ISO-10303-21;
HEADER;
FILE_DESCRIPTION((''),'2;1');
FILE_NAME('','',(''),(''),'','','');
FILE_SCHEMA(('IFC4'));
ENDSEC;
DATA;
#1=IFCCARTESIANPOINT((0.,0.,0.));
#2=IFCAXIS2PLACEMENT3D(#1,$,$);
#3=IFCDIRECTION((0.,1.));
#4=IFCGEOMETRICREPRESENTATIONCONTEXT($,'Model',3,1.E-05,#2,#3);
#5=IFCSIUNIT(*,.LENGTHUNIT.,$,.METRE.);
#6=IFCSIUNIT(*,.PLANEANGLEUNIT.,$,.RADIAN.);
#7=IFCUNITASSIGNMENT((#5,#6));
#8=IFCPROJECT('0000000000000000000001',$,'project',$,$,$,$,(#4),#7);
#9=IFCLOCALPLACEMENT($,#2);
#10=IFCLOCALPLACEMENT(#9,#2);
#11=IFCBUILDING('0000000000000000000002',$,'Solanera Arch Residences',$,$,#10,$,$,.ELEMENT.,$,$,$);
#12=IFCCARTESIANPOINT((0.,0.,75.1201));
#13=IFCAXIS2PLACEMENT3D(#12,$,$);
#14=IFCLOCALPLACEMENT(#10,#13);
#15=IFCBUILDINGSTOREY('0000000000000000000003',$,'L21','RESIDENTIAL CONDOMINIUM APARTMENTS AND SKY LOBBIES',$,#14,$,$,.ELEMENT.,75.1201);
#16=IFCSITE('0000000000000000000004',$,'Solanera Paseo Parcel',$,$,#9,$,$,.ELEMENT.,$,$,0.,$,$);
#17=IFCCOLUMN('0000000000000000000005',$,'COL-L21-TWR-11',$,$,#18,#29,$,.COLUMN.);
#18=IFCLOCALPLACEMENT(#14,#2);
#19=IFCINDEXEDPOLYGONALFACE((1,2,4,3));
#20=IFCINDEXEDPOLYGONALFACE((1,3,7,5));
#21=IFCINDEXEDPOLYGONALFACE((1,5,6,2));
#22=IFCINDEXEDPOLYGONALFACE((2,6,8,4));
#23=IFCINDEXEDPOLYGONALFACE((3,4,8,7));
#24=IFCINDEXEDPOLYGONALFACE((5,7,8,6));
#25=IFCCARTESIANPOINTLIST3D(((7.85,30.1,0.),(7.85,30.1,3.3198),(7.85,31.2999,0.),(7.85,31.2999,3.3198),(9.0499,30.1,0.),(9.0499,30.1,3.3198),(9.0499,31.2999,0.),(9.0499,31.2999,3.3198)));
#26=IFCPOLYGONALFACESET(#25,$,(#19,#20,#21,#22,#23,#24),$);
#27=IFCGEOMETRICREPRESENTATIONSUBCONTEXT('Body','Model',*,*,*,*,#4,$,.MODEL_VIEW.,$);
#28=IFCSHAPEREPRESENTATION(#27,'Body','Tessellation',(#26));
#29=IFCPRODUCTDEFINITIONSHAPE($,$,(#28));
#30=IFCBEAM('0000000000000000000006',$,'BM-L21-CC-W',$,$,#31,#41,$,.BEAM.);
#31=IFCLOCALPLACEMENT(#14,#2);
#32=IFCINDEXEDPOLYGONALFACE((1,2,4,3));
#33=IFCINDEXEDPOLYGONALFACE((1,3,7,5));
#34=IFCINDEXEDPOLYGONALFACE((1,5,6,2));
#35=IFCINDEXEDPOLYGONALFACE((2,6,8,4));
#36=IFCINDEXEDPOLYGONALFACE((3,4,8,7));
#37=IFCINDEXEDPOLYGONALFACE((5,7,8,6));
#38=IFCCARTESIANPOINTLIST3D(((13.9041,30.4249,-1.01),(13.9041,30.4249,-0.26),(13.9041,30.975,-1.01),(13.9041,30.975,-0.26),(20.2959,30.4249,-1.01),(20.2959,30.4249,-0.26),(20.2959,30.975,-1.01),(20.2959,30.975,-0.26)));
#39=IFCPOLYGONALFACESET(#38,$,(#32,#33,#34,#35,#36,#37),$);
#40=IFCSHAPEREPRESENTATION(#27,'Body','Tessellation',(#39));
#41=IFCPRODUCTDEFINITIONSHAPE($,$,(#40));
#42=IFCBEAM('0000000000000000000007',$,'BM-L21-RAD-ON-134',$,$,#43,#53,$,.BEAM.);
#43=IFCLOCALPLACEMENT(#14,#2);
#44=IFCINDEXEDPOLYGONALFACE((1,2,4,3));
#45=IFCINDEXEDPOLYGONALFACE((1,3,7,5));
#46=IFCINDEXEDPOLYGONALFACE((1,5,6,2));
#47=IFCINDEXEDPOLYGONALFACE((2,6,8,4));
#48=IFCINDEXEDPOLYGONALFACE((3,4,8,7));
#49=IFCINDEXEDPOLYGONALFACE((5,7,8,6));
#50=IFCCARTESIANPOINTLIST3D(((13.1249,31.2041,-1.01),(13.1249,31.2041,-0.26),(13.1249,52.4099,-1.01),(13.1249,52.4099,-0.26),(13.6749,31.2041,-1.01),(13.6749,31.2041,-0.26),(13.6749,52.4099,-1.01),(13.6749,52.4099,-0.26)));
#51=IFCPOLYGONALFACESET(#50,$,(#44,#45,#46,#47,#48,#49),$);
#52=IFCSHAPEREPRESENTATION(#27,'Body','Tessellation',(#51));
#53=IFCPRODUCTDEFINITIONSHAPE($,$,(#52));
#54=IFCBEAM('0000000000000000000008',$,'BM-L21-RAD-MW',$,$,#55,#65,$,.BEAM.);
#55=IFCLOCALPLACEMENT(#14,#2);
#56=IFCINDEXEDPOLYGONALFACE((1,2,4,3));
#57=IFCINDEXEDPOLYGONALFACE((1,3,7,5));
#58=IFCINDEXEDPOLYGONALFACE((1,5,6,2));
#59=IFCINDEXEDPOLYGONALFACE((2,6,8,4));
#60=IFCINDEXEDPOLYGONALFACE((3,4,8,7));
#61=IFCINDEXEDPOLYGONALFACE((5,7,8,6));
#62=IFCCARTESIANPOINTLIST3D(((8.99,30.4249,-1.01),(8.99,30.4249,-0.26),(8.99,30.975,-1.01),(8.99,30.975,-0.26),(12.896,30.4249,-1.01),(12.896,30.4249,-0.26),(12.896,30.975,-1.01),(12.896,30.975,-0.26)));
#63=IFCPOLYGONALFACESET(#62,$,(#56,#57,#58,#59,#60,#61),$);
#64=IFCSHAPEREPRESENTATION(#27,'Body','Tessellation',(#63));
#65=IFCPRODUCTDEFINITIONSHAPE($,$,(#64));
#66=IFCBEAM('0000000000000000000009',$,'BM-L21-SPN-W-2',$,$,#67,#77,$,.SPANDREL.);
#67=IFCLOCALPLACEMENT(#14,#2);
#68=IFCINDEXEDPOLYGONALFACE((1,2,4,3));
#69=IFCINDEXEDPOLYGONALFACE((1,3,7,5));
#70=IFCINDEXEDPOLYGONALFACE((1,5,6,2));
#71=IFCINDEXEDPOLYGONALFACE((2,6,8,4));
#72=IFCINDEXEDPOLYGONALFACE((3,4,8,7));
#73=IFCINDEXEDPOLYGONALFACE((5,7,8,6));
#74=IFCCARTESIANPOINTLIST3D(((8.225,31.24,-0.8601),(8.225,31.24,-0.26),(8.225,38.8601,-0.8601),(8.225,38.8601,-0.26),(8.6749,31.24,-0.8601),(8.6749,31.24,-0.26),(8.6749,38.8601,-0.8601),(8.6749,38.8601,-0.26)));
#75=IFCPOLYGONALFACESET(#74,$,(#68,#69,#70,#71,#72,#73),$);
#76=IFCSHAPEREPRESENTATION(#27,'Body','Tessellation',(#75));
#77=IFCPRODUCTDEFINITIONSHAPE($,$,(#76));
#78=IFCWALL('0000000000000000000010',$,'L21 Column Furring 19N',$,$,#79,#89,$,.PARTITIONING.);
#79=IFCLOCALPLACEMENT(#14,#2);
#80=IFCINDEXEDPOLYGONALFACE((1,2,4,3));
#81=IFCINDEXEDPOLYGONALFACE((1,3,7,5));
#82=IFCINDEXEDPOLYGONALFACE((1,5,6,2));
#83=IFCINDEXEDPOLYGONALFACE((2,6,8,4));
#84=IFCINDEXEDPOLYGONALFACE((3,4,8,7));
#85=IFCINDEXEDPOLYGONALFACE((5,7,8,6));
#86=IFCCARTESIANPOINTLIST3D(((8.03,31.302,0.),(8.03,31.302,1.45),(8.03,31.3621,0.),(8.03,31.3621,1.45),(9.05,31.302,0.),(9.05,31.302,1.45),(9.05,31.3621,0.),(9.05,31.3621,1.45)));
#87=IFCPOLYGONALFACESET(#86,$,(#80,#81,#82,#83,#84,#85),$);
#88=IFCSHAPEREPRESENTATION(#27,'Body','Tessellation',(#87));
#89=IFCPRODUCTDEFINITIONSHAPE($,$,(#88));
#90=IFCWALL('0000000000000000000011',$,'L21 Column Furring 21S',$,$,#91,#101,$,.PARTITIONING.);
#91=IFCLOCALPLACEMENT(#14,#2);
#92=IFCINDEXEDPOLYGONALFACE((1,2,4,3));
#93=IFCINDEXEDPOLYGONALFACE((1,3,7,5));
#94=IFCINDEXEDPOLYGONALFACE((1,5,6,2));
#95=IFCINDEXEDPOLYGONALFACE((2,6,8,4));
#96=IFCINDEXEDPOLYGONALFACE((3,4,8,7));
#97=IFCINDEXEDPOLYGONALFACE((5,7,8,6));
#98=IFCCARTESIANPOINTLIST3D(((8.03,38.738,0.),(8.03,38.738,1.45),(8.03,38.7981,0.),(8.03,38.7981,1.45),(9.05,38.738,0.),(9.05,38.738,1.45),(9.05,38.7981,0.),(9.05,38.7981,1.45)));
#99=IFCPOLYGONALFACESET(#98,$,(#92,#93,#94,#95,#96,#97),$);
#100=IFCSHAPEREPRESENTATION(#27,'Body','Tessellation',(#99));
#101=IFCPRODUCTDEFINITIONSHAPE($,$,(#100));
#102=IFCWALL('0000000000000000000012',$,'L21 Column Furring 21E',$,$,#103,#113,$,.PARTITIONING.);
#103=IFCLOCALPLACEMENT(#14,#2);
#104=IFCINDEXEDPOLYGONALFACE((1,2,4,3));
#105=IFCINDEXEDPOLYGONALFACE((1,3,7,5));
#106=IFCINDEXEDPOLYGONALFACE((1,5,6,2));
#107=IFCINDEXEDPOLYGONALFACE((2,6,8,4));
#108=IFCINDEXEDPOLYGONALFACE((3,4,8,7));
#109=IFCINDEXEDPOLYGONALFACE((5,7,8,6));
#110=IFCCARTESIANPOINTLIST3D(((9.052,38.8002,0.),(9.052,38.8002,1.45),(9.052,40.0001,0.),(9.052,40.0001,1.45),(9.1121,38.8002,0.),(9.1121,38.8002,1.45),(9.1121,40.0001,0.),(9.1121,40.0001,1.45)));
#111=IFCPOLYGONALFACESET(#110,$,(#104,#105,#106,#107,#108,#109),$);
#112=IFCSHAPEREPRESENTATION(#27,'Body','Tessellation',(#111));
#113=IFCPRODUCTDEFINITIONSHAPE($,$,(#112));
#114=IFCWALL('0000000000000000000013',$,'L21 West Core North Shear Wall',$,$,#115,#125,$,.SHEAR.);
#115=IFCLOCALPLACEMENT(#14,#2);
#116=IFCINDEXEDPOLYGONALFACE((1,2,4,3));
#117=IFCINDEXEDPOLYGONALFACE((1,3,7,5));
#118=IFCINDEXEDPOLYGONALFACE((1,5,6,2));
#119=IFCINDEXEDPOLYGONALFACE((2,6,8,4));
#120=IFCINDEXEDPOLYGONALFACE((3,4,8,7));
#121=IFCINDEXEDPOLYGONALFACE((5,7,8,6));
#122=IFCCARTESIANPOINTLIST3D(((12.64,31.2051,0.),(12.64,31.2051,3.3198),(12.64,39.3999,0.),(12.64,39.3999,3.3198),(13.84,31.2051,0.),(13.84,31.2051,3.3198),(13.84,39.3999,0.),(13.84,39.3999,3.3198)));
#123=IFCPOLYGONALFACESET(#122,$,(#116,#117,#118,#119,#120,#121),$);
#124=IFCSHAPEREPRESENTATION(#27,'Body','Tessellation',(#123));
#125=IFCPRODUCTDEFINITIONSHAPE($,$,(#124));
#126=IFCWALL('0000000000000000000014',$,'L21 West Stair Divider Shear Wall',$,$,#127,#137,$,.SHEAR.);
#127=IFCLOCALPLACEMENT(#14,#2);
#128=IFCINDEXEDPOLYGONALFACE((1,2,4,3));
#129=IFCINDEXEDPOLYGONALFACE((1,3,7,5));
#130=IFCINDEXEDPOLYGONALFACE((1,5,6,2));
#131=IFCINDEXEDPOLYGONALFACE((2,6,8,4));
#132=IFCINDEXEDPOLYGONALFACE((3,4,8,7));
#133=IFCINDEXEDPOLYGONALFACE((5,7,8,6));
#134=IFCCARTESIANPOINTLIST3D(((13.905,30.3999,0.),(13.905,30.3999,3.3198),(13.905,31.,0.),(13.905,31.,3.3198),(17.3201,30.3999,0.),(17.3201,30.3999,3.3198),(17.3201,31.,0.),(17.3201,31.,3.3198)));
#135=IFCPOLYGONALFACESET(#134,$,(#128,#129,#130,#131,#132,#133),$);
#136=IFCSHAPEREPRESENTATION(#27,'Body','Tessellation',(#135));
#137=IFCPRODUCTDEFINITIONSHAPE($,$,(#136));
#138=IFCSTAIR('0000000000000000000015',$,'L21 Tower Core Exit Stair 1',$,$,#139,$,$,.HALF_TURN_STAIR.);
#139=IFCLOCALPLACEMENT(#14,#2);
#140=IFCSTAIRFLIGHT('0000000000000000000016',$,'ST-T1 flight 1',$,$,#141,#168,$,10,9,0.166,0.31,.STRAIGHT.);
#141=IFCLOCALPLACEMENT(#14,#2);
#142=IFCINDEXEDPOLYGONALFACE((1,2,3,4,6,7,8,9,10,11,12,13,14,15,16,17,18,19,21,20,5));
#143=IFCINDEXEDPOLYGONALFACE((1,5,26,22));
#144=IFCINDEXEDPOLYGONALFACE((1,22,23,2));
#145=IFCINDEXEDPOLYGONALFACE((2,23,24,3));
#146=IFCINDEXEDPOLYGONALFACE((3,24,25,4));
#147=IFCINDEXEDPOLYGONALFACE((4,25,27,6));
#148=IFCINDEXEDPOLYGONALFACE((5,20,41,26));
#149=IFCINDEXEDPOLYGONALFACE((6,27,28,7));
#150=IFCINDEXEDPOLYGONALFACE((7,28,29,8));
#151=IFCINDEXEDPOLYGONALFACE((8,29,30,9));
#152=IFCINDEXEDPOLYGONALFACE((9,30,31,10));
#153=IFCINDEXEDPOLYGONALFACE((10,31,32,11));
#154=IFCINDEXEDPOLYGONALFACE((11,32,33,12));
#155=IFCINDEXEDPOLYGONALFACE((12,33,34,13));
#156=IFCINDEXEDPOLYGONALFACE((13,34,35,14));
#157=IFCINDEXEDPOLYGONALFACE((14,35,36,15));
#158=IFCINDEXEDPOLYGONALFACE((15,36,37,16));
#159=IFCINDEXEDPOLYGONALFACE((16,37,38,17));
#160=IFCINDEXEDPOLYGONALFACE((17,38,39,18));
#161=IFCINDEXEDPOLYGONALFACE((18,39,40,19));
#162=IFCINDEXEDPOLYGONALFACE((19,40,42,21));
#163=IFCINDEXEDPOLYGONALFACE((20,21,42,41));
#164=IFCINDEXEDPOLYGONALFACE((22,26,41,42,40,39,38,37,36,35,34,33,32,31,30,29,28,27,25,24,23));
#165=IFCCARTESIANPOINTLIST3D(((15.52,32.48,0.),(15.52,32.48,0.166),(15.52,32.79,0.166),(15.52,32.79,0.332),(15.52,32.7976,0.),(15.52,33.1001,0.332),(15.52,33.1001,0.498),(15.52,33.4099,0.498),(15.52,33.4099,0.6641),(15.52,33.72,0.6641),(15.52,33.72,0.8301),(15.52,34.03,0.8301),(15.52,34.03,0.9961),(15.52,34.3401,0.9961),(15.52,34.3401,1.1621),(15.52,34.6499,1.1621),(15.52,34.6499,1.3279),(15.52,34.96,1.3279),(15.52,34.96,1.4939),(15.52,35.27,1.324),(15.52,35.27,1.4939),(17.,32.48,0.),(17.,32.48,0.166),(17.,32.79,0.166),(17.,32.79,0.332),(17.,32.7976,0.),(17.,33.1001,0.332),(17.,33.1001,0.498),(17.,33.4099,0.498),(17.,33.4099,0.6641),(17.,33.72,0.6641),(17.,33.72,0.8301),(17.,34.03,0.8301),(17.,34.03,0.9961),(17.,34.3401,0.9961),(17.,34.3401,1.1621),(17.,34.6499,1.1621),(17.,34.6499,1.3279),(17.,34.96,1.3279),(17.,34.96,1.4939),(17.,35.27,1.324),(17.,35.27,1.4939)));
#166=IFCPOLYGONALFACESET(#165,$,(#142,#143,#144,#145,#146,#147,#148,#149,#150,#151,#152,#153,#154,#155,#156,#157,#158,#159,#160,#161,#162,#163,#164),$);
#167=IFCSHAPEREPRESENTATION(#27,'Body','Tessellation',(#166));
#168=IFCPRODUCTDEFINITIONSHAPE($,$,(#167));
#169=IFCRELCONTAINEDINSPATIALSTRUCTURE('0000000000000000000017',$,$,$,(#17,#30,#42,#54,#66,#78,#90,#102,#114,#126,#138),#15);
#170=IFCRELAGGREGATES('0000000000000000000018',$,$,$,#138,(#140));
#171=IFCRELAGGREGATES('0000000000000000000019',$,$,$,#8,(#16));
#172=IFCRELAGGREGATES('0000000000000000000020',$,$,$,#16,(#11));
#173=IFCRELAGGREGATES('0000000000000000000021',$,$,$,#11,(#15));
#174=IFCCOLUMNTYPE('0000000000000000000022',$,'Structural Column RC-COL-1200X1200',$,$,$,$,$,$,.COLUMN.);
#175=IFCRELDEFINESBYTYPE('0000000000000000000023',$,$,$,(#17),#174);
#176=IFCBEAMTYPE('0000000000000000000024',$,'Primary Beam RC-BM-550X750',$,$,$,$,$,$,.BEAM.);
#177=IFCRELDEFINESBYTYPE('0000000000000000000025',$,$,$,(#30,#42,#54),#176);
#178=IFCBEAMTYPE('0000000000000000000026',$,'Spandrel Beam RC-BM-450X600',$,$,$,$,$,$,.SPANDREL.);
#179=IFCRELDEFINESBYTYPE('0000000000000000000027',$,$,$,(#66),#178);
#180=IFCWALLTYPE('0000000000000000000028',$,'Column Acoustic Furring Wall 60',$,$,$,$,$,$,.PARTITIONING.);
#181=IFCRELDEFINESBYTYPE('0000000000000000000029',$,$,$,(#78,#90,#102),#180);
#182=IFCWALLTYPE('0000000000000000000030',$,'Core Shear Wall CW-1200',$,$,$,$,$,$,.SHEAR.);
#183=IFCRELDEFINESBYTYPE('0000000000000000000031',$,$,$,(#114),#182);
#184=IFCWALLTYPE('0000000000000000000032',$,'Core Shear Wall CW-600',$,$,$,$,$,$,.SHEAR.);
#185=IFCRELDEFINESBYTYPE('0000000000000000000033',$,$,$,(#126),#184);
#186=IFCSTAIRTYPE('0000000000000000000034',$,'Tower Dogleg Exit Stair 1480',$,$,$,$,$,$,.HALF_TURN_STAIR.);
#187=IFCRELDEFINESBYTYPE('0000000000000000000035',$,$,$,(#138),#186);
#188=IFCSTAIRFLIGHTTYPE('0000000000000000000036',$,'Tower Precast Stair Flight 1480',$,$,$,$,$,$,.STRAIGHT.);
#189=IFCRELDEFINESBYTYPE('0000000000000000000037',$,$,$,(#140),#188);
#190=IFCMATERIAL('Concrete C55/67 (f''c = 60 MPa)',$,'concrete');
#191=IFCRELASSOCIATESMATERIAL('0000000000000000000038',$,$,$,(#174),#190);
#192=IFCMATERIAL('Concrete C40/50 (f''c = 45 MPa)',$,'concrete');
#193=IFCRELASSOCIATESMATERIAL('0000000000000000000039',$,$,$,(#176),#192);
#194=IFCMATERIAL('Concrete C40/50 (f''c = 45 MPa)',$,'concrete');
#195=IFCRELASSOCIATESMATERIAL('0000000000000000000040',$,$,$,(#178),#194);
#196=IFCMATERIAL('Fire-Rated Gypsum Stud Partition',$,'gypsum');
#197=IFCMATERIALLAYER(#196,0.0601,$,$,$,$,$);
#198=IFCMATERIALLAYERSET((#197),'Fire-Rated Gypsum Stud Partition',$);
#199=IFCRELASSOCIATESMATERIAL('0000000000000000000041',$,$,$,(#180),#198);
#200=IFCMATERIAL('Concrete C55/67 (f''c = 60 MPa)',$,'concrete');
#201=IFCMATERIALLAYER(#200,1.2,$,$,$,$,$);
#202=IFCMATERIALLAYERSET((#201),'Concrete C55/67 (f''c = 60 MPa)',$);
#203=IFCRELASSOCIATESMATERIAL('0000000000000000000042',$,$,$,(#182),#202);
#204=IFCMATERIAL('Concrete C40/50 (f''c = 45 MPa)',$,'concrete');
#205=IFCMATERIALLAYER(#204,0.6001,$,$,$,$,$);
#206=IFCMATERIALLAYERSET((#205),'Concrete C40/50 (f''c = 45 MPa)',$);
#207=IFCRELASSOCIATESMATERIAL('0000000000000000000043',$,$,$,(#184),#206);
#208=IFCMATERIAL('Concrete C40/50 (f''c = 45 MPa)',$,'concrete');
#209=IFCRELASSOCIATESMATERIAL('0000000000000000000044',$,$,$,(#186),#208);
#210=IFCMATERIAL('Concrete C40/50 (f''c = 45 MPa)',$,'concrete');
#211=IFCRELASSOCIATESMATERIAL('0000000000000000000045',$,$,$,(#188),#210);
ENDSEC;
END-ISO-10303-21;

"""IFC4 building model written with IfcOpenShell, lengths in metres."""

from ifc_helpers import new_model, si_unit, direction, frame, frame_2d, origin, origin_2d, place, context, subcontext, project, spatial, polyline, rectangle, outline, extrude, material, layer, layer_set, material_profile, profile_set, type_object, element, aggregate, save


model = new_model("IFC4")

# Units and contexts
model_context = context("Model", 3, precision=1e-05, world=origin(), true_north=direction((0.0, 1.0)))
body_context = subcontext(model_context, "Body", "Model", "MODEL_VIEW")
ifc_project = project(units=[si_unit("LENGTHUNIT", "METRE"), si_unit("PLANEANGLEUNIT", "RADIAN")], contexts=[model_context])

# Site, building, storey
site_placement = place(None, origin())
site = spatial("IfcSite", under=ifc_project, at=site_placement, Name="Solanera Paseo Parcel", CompositionType="ELEMENT", RefElevation=0.0)
building_placement = place(site_placement, origin())
building = spatial("IfcBuilding", under=site, at=building_placement, Name="Solanera Arch Residences", CompositionType="ELEMENT")
storey_placement = place(building_placement, frame((0.0, 0.0, 75.1201)))
storey = spatial("IfcBuildingStorey", under=building, at=storey_placement, Name="L21", Description="RESIDENTIAL CONDOMINIUM APARTMENTS AND SKY LOBBIES", CompositionType="ELEMENT", Elevation=75.1201)

# Column
ifc_material_1 = material(Name="Concrete C55/67 (f'c = 60 MPa)", Category="concrete")
ifc_material_profile_1 = material_profile(ifc_material_1, rectangle(XDim=1.2, YDim=1.2, at=origin_2d()))
ifc_profile_set_1 = profile_set([ifc_material_profile_1], Name="Concrete C55/67 (f'c = 60 MPa)")
column_type = type_object("IfcColumnType", Name="Structural Column RC-COL-1200X1200", PredefinedType="COLUMN", material=ifc_profile_set_1)
column_placement = place(storey_placement, frame((8.45, 30.7, 0.0), z_axis=(0.0, 0.0, 1.0), x_axis=(1.0, 0.0, 0.0)))
element("IfcColumn", 1, at=column_placement, inside=storey, type_object=column_type, Name="COL-L21-TWR-11", PredefinedType="COLUMN", context=body_context, shape_type="SweptSolid", body=[
    extrude(rectangle(XDim=1.2, YDim=1.2, at=origin_2d()), origin(), (0.0, 0.0, 1.0), 3.3198),
])

# Beams
ifc_material_2 = material(Name="Concrete C40/50 (f'c = 45 MPa)", Category="concrete")
ifc_material_profile_2 = material_profile(ifc_material_2, rectangle(XDim=0.55, YDim=0.75, at=origin_2d()))
ifc_profile_set_2 = profile_set([ifc_material_profile_2], Name="Concrete C40/50 (f'c = 45 MPa)")
beam_type_1 = type_object("IfcBeamType", Name="Primary Beam RC-BM-550X750", PredefinedType="BEAM", material=ifc_profile_set_2)
beam_1_placement = place(storey_placement, frame((13.9041, 30.7, -0.635), z_axis=(1.0, 0.0, 0.0), x_axis=(0.0, 1.0, 0.0)))
element("IfcBeam", 2, at=beam_1_placement, inside=storey, type_object=beam_type_1, Name="BM-L21-CC-W", PredefinedType="BEAM", context=body_context, shape_type="SweptSolid", body=[
    extrude(rectangle(XDim=0.55, YDim=0.75, at=origin_2d()), origin(), (0.0, 0.0, 1.0), 6.3918),
])
beam_2_placement = place(storey_placement, frame((13.3999, 31.2041, -0.635), z_axis=(0.0, 1.0, 0.0), x_axis=(-1.0, 0.0, 0.0)))
element("IfcBeam", 3, at=beam_2_placement, inside=storey, type_object=beam_type_1, Name="BM-L21-RAD-ON-134", PredefinedType="BEAM", context=body_context, shape_type="SweptSolid", body=[
    extrude(rectangle(XDim=0.55, YDim=0.75, at=origin_2d()), origin(), (0.0, 0.0, 1.0), 21.2058),
])
beam_3_placement = place(storey_placement, frame((8.99, 30.7, -0.635), z_axis=(1.0, 0.0, 0.0), x_axis=(0.0, 1.0, 0.0)))
element("IfcBeam", 4, at=beam_3_placement, inside=storey, type_object=beam_type_1, Name="BM-L21-RAD-MW", PredefinedType="BEAM", context=body_context, shape_type="SweptSolid", body=[
    extrude(rectangle(XDim=0.55, YDim=0.75, at=origin_2d()), origin(), (0.0, 0.0, 1.0), 3.906),
])
ifc_material_3 = material(Name="Concrete C40/50 (f'c = 45 MPa)", Category="concrete")
ifc_material_profile_3 = material_profile(ifc_material_3, rectangle(XDim=0.45, YDim=0.6001, at=origin_2d()))
ifc_profile_set_3 = profile_set([ifc_material_profile_3], Name="Concrete C40/50 (f'c = 45 MPa)")
beam_type_2 = type_object("IfcBeamType", Name="Spandrel Beam RC-BM-450X600", PredefinedType="SPANDREL", material=ifc_profile_set_3)
beam_4_placement = place(storey_placement, frame((8.45, 31.24, -0.5601), z_axis=(0.0, 1.0, 0.0), x_axis=(-1.0, 0.0, 0.0)))
element("IfcBeam", 5, at=beam_4_placement, inside=storey, type_object=beam_type_2, Name="BM-L21-SPN-W-2", PredefinedType="SPANDREL", context=body_context, shape_type="SweptSolid", body=[
    extrude(rectangle(XDim=0.45, YDim=0.6001, at=origin_2d()), origin(), (0.0, 0.0, 1.0), 7.6201),
])

# Walls
ifc_material_4 = material(Name="Fire-Rated Gypsum Stud Partition", Category="gypsum")
ifc_layer_1 = layer(ifc_material_4, 0.0601)
ifc_layer_set_1 = layer_set([ifc_layer_1], Name="Fire-Rated Gypsum Stud Partition")
wall_type_1 = type_object("IfcWallType", Name="Column Acoustic Furring Wall 60", PredefinedType="PARTITIONING", material=ifc_layer_set_1)
for number, where, z_axis, x_axis, name in (
    (6, (8.03, 31.332, 0.0), (0.0, 0.0, 1.0), (1.0, 0.0, 0.0), "L21 Column Furring 19N"),
    (7, (8.03, 38.7681, 0.0), (0.0, 0.0, 1.0), (1.0, 0.0, 0.0), "L21 Column Furring 21S"),
):
    element("IfcWall", number, at=place(storey_placement, frame(where, z_axis=z_axis, x_axis=x_axis)), inside=storey, type_object=wall_type_1, Name=name, PredefinedType="PARTITIONING", context=body_context, shape_type="SweptSolid", body=[
        extrude(rectangle(XDim=1.02, YDim=0.0601, at=frame_2d((0.51, 0.0))), origin(), (0.0, 0.0, 1.0), 1.45),
    ])
wall_1_placement = place(storey_placement, frame((9.082, 38.8, 0.0), z_axis=(0.0, 0.0, 1.0), x_axis=(0.0, 1.0, 0.0)))
element("IfcWall", 8, at=wall_1_placement, inside=storey, type_object=wall_type_1, Name="L21 Column Furring 21E", PredefinedType="PARTITIONING", context=body_context, shape_type="SweptSolid", body=[
    extrude(rectangle(XDim=1.2, YDim=0.0601, at=frame_2d((0.6001, 0.0))), origin(), (0.0, 0.0, 1.0), 1.45),
])
ifc_material_5 = material(Name="Concrete C55/67 (f'c = 60 MPa)", Category="concrete")
ifc_layer_2 = layer(ifc_material_5, 1.2)
ifc_layer_set_2 = layer_set([ifc_layer_2], Name="Concrete C55/67 (f'c = 60 MPa)")
wall_type_2 = type_object("IfcWallType", Name="Core Shear Wall CW-1200", PredefinedType="SHEAR", material=ifc_layer_set_2)
wall_2_placement = place(storey_placement, frame((13.24, 31.2051, 0.0), z_axis=(0.0, 0.0, 1.0), x_axis=(0.0, 1.0, 0.0)))
element("IfcWall", 9, at=wall_2_placement, inside=storey, type_object=wall_type_2, Name="L21 West Core North Shear Wall", PredefinedType="SHEAR", context=body_context, shape_type="SweptSolid", body=[
    extrude(rectangle(XDim=8.1948, YDim=1.2, at=frame_2d((4.0974, 0.0))), origin(), (0.0, 0.0, 1.0), 3.3198),
])
ifc_material_6 = material(Name="Concrete C40/50 (f'c = 45 MPa)", Category="concrete")
ifc_layer_3 = layer(ifc_material_6, 0.6001)
ifc_layer_set_3 = layer_set([ifc_layer_3], Name="Concrete C40/50 (f'c = 45 MPa)")
wall_type_3 = type_object("IfcWallType", Name="Core Shear Wall CW-600", PredefinedType="SHEAR", material=ifc_layer_set_3)
wall_3_placement = place(storey_placement, frame((13.905, 30.7, 0.0), z_axis=(0.0, 0.0, 1.0), x_axis=(1.0, 0.0, 0.0)))
element("IfcWall", 10, at=wall_3_placement, inside=storey, type_object=wall_type_3, Name="L21 West Stair Divider Shear Wall", PredefinedType="SHEAR", context=body_context, shape_type="SweptSolid", body=[
    extrude(rectangle(XDim=3.415, YDim=0.6001, at=frame_2d((1.7075, 0.0))), origin(), (0.0, 0.0, 1.0), 3.3198),
])

# Stair, stair flight
ifc_material_7 = material(Name="Concrete C40/50 (f'c = 45 MPa)", Category="concrete")
stair_type = type_object("IfcStairType", Name="Tower Dogleg Exit Stair 1480", PredefinedType="HALF_TURN_STAIR", material=ifc_material_7)
stair_placement = place(storey_placement, origin())
stair = element("IfcStair", 11, at=stair_placement, inside=storey, type_object=stair_type, Name="L21 Tower Core Exit Stair 1", PredefinedType="HALF_TURN_STAIR")
ifc_material_8 = material(Name="Concrete C40/50 (f'c = 45 MPa)", Category="concrete")
stair_flight_type = type_object("IfcStairFlightType", Name="Tower Precast Stair Flight 1480", PredefinedType="STRAIGHT", material=ifc_material_8)
stair_flight_1_placement = place(storey_placement, frame((16.26, 32.48, 0.0), z_axis=(0.0, 0.0, 1.0), x_axis=(0.0, 1.0, 0.0)))
stair_flight_1 = element("IfcStairFlight", 12, at=stair_flight_1_placement, type_object=stair_flight_type, Name="ST-T1 flight 1", NumberOfRisers=10, NumberOfTreads=9, PredefinedType="STRAIGHT", RiserHeight=0.166, TreadLength=0.31, context=body_context, shape_type="SweptSolid", body=[
    extrude(outline(polyline([(0.0, 0.0), (0.0, 0.166), (0.3101, 0.166), (0.3101, 0.332), (0.6201, 0.332), (0.6201, 0.498), (0.9299, 0.498), (0.9299, 0.6641), (1.24, 0.6641), (1.24, 0.8301), (1.55, 0.8301), (1.55, 0.9961), (1.8601, 0.9961), (1.8601, 1.1621), (2.1699, 1.1621), (2.1699, 1.3279), (2.48, 1.3279), (2.48, 1.4939), (2.79, 1.4939), (2.79, 1.6599), (2.79, 1.324), (0.3176, 0.0), (0.0, 0.0)])), frame((0.0, 0.74, 0.0), z_axis=(0.0, -1.0, 0.0), x_axis=(1.0, 0.0, 0.0)), (0.0, 0.0, 1.0), 1.48),
])
aggregate(stair, [stair_flight_1])

save(model, "model.ifc")
